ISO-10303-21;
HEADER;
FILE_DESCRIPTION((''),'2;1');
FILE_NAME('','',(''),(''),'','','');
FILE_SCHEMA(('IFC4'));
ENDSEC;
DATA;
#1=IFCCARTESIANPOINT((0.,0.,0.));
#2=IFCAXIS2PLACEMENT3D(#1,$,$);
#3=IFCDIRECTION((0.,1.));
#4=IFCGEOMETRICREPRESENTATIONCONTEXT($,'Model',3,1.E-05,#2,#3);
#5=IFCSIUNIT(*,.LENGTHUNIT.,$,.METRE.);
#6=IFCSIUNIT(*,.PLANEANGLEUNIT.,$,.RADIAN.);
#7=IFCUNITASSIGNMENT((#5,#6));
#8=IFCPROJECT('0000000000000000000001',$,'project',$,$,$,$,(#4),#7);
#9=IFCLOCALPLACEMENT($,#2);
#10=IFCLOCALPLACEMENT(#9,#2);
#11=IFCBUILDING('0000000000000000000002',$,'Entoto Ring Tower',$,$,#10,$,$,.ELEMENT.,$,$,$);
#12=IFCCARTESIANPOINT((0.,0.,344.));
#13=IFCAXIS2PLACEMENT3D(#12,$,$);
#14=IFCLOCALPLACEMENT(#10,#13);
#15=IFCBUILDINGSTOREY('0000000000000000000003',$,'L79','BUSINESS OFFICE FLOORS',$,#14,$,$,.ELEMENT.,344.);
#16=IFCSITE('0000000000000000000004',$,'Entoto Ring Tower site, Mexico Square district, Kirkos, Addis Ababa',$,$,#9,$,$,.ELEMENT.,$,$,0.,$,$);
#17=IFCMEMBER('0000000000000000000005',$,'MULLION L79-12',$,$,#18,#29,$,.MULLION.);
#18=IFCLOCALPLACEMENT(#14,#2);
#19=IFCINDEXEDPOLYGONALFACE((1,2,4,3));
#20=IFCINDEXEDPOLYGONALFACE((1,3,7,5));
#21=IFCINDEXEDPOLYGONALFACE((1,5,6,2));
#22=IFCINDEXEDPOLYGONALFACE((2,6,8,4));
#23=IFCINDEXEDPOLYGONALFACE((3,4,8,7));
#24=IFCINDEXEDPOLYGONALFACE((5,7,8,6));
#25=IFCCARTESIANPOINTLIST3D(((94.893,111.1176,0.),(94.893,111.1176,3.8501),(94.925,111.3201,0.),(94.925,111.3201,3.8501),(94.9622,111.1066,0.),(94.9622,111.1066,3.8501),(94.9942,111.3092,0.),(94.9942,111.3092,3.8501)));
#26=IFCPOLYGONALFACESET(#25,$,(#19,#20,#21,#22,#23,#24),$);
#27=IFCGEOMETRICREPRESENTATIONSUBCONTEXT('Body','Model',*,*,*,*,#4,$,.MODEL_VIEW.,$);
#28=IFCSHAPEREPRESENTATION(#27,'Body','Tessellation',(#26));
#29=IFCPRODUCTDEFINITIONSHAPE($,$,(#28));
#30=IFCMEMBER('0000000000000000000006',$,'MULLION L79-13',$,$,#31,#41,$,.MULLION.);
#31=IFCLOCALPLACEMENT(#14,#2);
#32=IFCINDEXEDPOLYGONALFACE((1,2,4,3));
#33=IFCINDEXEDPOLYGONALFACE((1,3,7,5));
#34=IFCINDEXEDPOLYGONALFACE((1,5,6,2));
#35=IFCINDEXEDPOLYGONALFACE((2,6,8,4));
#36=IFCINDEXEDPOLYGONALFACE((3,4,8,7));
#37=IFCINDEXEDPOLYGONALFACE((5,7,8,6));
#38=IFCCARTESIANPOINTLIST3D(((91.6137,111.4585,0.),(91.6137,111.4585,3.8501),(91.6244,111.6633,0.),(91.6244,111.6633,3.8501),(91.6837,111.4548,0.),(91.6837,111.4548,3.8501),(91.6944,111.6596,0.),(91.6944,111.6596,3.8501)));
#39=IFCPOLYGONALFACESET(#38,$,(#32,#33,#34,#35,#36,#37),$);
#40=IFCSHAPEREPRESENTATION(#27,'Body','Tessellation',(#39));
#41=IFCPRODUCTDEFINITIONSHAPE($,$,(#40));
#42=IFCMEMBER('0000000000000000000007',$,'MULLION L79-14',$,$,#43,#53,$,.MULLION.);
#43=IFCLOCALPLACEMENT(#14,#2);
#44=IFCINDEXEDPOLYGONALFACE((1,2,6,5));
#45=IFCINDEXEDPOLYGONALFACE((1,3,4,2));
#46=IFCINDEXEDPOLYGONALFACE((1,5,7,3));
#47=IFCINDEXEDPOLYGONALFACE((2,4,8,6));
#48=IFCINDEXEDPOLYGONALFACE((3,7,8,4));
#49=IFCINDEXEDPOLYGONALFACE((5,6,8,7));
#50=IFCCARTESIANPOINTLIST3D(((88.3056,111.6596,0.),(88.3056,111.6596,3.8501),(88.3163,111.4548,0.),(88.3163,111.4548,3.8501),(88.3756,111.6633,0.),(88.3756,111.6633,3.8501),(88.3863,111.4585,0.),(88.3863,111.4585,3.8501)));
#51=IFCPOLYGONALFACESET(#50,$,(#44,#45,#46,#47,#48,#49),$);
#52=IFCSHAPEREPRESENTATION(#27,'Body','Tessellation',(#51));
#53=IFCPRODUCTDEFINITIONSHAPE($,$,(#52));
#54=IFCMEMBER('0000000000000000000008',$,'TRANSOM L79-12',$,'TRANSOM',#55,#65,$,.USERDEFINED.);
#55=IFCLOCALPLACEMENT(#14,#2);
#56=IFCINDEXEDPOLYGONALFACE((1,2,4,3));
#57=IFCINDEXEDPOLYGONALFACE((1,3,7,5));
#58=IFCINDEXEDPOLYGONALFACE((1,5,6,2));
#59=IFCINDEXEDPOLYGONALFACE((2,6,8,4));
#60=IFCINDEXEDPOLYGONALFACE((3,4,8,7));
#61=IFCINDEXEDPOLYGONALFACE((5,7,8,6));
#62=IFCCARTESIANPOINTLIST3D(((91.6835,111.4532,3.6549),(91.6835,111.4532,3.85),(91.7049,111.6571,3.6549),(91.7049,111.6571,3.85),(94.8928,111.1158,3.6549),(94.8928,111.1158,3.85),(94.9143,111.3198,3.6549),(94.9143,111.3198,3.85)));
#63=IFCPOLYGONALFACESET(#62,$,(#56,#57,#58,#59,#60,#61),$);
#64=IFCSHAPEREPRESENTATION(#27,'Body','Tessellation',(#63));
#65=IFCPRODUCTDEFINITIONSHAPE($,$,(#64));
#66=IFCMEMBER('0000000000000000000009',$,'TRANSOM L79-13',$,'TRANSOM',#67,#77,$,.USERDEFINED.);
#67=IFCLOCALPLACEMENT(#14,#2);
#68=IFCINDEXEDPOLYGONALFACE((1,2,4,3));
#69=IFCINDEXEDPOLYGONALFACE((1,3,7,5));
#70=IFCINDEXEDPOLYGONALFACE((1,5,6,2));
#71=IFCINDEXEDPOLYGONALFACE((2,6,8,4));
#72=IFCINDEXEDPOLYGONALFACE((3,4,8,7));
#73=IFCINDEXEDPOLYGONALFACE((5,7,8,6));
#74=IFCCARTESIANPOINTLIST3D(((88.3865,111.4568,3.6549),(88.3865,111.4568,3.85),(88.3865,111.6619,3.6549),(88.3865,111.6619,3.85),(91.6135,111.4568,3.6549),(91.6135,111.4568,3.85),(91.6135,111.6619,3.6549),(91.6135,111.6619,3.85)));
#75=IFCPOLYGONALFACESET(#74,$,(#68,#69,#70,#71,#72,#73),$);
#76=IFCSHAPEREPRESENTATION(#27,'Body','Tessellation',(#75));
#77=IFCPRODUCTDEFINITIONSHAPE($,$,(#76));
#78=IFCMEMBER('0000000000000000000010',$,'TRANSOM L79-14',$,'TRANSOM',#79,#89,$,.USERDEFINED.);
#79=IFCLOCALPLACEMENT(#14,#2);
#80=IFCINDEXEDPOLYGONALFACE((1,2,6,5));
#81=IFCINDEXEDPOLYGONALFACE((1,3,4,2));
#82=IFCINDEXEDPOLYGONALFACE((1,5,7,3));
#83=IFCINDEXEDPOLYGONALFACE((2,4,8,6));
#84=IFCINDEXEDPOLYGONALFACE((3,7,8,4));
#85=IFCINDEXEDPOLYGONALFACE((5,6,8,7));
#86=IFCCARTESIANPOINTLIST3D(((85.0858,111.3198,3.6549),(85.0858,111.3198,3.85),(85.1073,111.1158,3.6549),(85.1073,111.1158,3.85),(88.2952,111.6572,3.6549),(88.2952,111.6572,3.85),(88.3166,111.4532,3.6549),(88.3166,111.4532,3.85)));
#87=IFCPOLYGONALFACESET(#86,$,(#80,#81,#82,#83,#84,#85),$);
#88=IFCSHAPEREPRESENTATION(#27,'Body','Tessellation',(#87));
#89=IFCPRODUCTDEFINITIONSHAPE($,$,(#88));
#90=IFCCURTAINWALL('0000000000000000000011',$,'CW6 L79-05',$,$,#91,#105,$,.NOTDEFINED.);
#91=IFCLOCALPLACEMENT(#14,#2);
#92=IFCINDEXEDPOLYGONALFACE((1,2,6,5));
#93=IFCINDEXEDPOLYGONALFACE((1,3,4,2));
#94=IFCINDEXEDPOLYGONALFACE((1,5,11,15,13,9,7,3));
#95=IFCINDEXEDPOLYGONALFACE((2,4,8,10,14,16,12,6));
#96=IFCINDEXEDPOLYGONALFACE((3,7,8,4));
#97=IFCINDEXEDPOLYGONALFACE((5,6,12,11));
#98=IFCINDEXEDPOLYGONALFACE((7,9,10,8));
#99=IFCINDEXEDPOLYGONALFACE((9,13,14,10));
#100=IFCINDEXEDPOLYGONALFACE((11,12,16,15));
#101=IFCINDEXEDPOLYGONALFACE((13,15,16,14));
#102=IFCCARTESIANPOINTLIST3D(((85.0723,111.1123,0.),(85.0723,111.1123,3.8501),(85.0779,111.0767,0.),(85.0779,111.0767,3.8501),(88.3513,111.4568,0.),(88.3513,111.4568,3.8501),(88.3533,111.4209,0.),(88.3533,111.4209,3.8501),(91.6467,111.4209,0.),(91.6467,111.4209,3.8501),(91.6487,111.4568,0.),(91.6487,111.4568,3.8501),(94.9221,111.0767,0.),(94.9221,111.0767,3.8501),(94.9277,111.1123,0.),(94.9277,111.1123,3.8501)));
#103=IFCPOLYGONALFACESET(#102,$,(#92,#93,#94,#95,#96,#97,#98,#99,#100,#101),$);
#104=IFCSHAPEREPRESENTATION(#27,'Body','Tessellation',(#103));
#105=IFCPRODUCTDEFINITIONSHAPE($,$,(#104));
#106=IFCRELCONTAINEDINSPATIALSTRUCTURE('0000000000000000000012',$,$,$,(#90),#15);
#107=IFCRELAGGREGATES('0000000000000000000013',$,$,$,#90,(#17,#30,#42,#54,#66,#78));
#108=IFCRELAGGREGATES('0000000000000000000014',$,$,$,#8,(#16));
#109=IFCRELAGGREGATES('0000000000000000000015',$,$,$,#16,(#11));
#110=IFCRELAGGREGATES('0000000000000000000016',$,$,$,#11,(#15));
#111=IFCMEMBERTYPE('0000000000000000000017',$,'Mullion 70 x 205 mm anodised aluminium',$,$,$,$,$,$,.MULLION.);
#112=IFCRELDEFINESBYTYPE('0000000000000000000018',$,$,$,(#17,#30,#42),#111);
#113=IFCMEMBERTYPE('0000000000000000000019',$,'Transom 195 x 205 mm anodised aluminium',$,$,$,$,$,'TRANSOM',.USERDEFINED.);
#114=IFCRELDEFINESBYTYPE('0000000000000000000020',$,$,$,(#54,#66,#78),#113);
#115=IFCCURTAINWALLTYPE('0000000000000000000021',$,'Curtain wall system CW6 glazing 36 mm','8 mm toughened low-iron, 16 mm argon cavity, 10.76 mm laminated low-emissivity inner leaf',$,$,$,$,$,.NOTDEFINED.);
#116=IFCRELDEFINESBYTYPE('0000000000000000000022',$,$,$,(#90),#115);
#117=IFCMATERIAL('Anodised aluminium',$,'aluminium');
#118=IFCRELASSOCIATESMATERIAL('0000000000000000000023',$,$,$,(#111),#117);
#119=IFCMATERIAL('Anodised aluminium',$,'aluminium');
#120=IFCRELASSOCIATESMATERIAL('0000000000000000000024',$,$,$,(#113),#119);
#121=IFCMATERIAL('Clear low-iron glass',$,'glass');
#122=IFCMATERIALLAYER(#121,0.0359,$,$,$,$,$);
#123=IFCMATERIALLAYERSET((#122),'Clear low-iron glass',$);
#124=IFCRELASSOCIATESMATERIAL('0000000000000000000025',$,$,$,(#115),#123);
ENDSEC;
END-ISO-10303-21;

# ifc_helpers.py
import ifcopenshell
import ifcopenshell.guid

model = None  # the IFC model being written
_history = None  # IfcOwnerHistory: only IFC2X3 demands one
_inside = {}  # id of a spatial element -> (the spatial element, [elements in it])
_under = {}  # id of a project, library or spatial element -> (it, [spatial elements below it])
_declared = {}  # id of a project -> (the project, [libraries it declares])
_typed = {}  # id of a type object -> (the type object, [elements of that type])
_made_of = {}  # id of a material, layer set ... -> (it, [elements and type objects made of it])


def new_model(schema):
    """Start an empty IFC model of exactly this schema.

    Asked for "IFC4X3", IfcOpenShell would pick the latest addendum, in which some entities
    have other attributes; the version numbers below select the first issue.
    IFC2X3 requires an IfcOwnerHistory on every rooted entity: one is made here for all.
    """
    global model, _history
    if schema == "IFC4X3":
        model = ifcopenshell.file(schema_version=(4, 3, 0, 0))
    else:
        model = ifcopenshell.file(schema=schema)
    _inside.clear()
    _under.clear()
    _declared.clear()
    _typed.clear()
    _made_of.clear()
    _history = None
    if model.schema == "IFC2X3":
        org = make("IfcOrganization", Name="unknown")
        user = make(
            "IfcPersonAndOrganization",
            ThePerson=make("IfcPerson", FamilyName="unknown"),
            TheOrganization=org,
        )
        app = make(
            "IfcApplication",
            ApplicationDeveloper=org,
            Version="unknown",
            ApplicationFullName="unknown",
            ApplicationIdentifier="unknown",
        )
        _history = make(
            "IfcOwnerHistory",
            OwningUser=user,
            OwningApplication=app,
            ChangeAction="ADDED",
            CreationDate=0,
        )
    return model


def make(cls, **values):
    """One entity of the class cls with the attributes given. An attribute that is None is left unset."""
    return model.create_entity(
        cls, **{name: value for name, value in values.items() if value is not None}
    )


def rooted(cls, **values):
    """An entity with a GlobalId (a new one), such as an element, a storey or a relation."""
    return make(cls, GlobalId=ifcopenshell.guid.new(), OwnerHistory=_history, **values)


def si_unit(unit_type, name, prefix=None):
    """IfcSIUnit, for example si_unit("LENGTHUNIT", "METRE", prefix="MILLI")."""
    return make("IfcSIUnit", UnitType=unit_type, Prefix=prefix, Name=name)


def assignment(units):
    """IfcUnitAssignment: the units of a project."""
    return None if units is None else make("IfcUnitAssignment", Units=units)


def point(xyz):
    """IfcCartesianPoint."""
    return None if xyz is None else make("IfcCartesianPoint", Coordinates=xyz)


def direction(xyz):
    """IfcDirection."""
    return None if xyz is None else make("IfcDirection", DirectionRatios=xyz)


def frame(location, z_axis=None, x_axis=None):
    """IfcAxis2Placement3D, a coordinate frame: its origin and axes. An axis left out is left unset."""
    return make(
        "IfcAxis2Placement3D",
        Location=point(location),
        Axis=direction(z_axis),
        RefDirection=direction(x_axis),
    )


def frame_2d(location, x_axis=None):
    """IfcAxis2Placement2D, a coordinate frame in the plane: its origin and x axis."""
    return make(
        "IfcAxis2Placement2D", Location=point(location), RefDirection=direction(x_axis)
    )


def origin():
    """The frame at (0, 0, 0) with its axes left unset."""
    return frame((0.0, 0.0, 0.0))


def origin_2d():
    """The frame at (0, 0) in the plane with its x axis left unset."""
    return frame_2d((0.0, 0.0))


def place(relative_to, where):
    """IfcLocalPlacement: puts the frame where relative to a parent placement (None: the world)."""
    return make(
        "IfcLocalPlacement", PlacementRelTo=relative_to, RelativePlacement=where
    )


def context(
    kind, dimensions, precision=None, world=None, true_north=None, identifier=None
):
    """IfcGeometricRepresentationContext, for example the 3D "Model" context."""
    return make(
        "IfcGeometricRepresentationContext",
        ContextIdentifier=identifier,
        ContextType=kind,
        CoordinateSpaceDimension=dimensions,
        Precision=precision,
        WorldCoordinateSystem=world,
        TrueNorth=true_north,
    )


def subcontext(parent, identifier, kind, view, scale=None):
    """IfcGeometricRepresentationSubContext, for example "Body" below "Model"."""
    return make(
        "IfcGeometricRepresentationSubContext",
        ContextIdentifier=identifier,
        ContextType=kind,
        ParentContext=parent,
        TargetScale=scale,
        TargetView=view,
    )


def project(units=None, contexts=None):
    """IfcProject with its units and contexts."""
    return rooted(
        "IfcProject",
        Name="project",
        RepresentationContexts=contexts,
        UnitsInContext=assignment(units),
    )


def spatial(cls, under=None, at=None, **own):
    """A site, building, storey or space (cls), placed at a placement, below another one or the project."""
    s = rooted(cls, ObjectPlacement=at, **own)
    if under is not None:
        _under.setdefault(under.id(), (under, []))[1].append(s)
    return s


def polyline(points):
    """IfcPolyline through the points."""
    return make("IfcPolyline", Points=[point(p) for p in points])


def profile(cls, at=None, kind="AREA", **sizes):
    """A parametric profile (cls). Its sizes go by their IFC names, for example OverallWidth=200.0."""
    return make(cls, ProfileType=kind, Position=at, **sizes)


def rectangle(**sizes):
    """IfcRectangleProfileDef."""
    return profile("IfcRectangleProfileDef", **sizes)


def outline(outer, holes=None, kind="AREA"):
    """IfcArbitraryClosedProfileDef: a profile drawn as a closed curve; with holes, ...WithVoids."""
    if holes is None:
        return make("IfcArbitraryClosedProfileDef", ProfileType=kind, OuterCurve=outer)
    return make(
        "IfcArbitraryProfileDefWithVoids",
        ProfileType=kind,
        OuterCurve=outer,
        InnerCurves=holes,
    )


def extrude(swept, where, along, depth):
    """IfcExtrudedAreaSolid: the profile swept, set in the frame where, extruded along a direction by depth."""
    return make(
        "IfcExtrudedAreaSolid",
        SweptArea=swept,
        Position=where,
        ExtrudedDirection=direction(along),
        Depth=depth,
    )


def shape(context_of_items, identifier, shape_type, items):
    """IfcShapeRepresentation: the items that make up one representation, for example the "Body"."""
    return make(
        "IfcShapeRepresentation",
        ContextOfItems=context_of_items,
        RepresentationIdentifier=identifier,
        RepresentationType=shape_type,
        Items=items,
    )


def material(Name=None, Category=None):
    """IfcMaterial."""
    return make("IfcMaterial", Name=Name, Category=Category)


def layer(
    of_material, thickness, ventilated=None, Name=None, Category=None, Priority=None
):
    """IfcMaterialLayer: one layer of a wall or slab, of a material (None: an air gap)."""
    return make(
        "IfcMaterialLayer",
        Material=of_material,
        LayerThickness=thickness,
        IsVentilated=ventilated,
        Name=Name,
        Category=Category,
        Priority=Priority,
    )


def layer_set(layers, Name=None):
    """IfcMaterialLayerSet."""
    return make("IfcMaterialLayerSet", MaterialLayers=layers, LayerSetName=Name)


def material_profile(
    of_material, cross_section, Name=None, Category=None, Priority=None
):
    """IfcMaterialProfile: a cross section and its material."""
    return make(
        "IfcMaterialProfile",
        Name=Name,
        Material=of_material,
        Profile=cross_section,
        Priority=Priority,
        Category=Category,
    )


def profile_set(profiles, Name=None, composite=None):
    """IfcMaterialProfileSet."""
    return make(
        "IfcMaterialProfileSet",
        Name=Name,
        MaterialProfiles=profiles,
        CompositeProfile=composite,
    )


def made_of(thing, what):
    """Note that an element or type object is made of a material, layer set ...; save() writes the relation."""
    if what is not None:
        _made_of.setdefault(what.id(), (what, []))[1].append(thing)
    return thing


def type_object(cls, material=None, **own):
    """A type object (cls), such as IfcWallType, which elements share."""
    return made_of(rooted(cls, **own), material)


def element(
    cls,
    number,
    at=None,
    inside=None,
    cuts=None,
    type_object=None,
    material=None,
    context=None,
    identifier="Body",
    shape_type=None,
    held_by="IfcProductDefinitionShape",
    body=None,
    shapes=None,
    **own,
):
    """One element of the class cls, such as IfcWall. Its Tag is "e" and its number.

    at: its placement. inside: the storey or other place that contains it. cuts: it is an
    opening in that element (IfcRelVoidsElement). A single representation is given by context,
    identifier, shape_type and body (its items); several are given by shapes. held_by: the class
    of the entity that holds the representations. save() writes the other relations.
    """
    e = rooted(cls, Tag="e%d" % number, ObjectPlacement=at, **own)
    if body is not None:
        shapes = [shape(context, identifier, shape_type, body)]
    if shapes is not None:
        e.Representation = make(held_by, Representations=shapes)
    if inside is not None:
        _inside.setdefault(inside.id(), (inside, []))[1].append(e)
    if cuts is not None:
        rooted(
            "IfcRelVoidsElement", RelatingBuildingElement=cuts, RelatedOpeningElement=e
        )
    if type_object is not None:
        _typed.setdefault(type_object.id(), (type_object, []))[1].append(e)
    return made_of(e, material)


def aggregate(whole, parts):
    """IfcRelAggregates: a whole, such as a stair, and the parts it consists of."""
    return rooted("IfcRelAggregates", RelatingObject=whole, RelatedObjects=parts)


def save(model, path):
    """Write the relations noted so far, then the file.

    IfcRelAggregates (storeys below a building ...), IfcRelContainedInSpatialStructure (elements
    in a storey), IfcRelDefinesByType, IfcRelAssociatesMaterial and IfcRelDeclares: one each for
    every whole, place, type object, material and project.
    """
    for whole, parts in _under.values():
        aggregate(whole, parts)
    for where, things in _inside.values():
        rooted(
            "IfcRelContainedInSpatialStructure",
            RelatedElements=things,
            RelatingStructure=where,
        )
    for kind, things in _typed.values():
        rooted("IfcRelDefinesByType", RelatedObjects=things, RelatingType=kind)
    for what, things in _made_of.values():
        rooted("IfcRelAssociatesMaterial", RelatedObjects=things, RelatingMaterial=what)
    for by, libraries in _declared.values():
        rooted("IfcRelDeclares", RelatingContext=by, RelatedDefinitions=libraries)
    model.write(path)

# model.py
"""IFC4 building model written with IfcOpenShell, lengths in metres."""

from ifc_helpers import new_model, si_unit, direction, frame, origin, origin_2d, place, context, subcontext, project, spatial, polyline, rectangle, outline, extrude, material, layer, layer_set, material_profile, profile_set, type_object, element, aggregate, save


model = new_model("IFC4")

# Units and contexts
model_context = context("Model", 3, precision=1e-05, world=origin(), true_north=direction((0.0, 1.0)))
body_context = subcontext(model_context, "Body", "Model", "MODEL_VIEW")
ifc_project = project(units=[si_unit("LENGTHUNIT", "METRE"), si_unit("PLANEANGLEUNIT", "RADIAN")], contexts=[model_context])

# Members
ifc_material_1 = material(Name="Anodised aluminium", Category="aluminium")
ifc_material_profile_1 = material_profile(ifc_material_1, rectangle(XDim=0.0701, YDim=0.2051, at=origin_2d()), Name="Mullion 70 x 205 mm anodised aluminium")
ifc_profile_set_1 = profile_set([ifc_material_profile_1], Name="Anodised aluminium")
member_type_1 = type_object("IfcMemberType", Name="Mullion 70 x 205 mm anodised aluminium", PredefinedType="MULLION", material=ifc_profile_set_1)
site_placement = place(None, origin())
building_placement = place(site_placement, origin())
storey_placement = place(building_placement, frame((0.0, 0.0, 344.0)))
member_1_placement = place(storey_placement, frame((94.9436, 111.2134, 0.0), z_axis=(0.0, 0.0, 1.0), x_axis=(-0.987688, 0.156434, 0.0)))
member_1 = element("IfcMember", 1, at=member_1_placement, type_object=member_type_1, Name="MULLION L79-12", PredefinedType="MULLION", context=body_context, shape_type="SweptSolid", body=[
    extrude(rectangle(XDim=0.0701, YDim=0.2051, at=origin_2d()), origin(), (0.0, 0.0, 1.0), 3.8501),
])
member_2_placement = place(storey_placement, frame((91.6541, 111.5591, 0.0), z_axis=(0.0, 0.0, 1.0), x_axis=(-0.99863, 0.052336, 0.0)))
member_2 = element("IfcMember", 2, at=member_2_placement, type_object=member_type_1, Name="MULLION L79-13", PredefinedType="MULLION", context=body_context, shape_type="SweptSolid", body=[
    extrude(rectangle(XDim=0.0701, YDim=0.2051, at=origin_2d()), origin(), (0.0, 0.0, 1.0), 3.8501),
])
member_3_placement = place(storey_placement, frame((88.3459, 111.5591, 0.0), z_axis=(0.0, 0.0, 1.0), x_axis=(-0.99863, -0.052336, 0.0)))
member_3 = element("IfcMember", 3, at=member_3_placement, type_object=member_type_1, Name="MULLION L79-14", PredefinedType="MULLION", context=body_context, shape_type="SweptSolid", body=[
    extrude(rectangle(XDim=0.0701, YDim=0.2051, at=origin_2d()), origin(), (0.0, 0.0, 1.0), 3.8501),
])
ifc_material_2 = material(Name="Anodised aluminium", Category="aluminium")
ifc_material_profile_2 = material_profile(ifc_material_2, rectangle(XDim=0.2051, YDim=0.1951, at=origin_2d()), Name="Transom 195 x 205 mm anodised aluminium")
ifc_profile_set_2 = profile_set([ifc_material_profile_2], Name="Anodised aluminium")
member_type_2 = type_object("IfcMemberType", Name="Transom 195 x 205 mm anodised aluminium", ElementType="TRANSOM", PredefinedType="USERDEFINED", material=ifc_profile_set_2)
member_4_placement = place(storey_placement, frame((94.9036, 111.2178, 3.7524), z_axis=(-0.99452, 0.104551, 0.0), x_axis=(-0.104551, -0.99452, 0.0)))
member_4 = element("IfcMember", 4, at=member_4_placement, type_object=member_type_2, Name="TRANSOM L79-12", ObjectType="TRANSOM", PredefinedType="USERDEFINED", context=body_context, shape_type="SweptSolid", body=[
    extrude(rectangle(XDim=0.2051, YDim=0.1951, at=origin_2d()), origin(), (0.0, 0.0, 1.0), 3.2271),
])
member_5_placement = place(storey_placement, frame((91.6135, 111.5593, 3.7524), z_axis=(-1.0, 0.0, 0.0), x_axis=(0.0, -1.0, 0.0)))
member_5 = element("IfcMember", 5, at=member_5_placement, type_object=member_type_2, Name="TRANSOM L79-13", ObjectType="TRANSOM", PredefinedType="USERDEFINED", context=body_context, shape_type="SweptSolid", body=[
    extrude(rectangle(XDim=0.2051, YDim=0.1951, at=origin_2d()), origin(), (0.0, 0.0, 1.0), 3.2271),
])
member_6_placement = place(storey_placement, frame((88.3059, 111.5552, 3.7524), z_axis=(-0.99452, -0.104551, 0.0), x_axis=(0.104551, -0.99452, 0.0)))
member_6 = element("IfcMember", 6, at=member_6_placement, type_object=member_type_2, Name="TRANSOM L79-14", ObjectType="TRANSOM", PredefinedType="USERDEFINED", context=body_context, shape_type="SweptSolid", body=[
    extrude(rectangle(XDim=0.2051, YDim=0.1951, at=origin_2d()), origin(), (0.0, 0.0, 1.0), 3.2271),
])

# Site, building, storey
site = spatial("IfcSite", under=ifc_project, at=site_placement, Name="Entoto Ring Tower site, Mexico Square district, Kirkos, Addis Ababa", CompositionType="ELEMENT", RefElevation=0.0)
building = spatial("IfcBuilding", under=site, at=building_placement, Name="Entoto Ring Tower", CompositionType="ELEMENT")
storey = spatial("IfcBuildingStorey", under=building, at=storey_placement, Name="L79", Description="BUSINESS OFFICE FLOORS", CompositionType="ELEMENT", Elevation=344.0)

# Curtain wall
ifc_material_3 = material(Name="Clear low-iron glass", Category="glass")
ifc_layer = layer(ifc_material_3, 0.0359)
ifc_layer_set = layer_set([ifc_layer], Name="Clear low-iron glass")
curtain_wall_type = type_object("IfcCurtainWallType", Name="Curtain wall system CW6 glazing 36 mm", Description="8 mm toughened low-iron, 16 mm argon cavity, 10.76 mm laminated low-emissivity inner leaf", PredefinedType="NOTDEFINED", material=ifc_layer_set)
curtain_wall_1_placement = place(storey_placement, origin())
curtain_wall_1 = element("IfcCurtainWall", 7, at=curtain_wall_1_placement, inside=storey, type_object=curtain_wall_type, Name="CW6 L79-05", PredefinedType="NOTDEFINED", context=body_context, shape_type="SweptSolid", body=[
    extrude(outline(polyline([(94.9277, 111.1123), (91.6487, 111.4568), (88.3513, 111.4568), (85.0723, 111.1123), (85.0779, 111.0767), (88.3533, 111.4209), (91.6467, 111.4209), (94.9221, 111.0767), (94.9277, 111.1123)])), origin(), (0.0, 0.0, 1.0), 3.8501),
])
aggregate(curtain_wall_1, [member_1, member_2, member_3, member_4, member_5, member_6])

save(model, "model.ifc")
